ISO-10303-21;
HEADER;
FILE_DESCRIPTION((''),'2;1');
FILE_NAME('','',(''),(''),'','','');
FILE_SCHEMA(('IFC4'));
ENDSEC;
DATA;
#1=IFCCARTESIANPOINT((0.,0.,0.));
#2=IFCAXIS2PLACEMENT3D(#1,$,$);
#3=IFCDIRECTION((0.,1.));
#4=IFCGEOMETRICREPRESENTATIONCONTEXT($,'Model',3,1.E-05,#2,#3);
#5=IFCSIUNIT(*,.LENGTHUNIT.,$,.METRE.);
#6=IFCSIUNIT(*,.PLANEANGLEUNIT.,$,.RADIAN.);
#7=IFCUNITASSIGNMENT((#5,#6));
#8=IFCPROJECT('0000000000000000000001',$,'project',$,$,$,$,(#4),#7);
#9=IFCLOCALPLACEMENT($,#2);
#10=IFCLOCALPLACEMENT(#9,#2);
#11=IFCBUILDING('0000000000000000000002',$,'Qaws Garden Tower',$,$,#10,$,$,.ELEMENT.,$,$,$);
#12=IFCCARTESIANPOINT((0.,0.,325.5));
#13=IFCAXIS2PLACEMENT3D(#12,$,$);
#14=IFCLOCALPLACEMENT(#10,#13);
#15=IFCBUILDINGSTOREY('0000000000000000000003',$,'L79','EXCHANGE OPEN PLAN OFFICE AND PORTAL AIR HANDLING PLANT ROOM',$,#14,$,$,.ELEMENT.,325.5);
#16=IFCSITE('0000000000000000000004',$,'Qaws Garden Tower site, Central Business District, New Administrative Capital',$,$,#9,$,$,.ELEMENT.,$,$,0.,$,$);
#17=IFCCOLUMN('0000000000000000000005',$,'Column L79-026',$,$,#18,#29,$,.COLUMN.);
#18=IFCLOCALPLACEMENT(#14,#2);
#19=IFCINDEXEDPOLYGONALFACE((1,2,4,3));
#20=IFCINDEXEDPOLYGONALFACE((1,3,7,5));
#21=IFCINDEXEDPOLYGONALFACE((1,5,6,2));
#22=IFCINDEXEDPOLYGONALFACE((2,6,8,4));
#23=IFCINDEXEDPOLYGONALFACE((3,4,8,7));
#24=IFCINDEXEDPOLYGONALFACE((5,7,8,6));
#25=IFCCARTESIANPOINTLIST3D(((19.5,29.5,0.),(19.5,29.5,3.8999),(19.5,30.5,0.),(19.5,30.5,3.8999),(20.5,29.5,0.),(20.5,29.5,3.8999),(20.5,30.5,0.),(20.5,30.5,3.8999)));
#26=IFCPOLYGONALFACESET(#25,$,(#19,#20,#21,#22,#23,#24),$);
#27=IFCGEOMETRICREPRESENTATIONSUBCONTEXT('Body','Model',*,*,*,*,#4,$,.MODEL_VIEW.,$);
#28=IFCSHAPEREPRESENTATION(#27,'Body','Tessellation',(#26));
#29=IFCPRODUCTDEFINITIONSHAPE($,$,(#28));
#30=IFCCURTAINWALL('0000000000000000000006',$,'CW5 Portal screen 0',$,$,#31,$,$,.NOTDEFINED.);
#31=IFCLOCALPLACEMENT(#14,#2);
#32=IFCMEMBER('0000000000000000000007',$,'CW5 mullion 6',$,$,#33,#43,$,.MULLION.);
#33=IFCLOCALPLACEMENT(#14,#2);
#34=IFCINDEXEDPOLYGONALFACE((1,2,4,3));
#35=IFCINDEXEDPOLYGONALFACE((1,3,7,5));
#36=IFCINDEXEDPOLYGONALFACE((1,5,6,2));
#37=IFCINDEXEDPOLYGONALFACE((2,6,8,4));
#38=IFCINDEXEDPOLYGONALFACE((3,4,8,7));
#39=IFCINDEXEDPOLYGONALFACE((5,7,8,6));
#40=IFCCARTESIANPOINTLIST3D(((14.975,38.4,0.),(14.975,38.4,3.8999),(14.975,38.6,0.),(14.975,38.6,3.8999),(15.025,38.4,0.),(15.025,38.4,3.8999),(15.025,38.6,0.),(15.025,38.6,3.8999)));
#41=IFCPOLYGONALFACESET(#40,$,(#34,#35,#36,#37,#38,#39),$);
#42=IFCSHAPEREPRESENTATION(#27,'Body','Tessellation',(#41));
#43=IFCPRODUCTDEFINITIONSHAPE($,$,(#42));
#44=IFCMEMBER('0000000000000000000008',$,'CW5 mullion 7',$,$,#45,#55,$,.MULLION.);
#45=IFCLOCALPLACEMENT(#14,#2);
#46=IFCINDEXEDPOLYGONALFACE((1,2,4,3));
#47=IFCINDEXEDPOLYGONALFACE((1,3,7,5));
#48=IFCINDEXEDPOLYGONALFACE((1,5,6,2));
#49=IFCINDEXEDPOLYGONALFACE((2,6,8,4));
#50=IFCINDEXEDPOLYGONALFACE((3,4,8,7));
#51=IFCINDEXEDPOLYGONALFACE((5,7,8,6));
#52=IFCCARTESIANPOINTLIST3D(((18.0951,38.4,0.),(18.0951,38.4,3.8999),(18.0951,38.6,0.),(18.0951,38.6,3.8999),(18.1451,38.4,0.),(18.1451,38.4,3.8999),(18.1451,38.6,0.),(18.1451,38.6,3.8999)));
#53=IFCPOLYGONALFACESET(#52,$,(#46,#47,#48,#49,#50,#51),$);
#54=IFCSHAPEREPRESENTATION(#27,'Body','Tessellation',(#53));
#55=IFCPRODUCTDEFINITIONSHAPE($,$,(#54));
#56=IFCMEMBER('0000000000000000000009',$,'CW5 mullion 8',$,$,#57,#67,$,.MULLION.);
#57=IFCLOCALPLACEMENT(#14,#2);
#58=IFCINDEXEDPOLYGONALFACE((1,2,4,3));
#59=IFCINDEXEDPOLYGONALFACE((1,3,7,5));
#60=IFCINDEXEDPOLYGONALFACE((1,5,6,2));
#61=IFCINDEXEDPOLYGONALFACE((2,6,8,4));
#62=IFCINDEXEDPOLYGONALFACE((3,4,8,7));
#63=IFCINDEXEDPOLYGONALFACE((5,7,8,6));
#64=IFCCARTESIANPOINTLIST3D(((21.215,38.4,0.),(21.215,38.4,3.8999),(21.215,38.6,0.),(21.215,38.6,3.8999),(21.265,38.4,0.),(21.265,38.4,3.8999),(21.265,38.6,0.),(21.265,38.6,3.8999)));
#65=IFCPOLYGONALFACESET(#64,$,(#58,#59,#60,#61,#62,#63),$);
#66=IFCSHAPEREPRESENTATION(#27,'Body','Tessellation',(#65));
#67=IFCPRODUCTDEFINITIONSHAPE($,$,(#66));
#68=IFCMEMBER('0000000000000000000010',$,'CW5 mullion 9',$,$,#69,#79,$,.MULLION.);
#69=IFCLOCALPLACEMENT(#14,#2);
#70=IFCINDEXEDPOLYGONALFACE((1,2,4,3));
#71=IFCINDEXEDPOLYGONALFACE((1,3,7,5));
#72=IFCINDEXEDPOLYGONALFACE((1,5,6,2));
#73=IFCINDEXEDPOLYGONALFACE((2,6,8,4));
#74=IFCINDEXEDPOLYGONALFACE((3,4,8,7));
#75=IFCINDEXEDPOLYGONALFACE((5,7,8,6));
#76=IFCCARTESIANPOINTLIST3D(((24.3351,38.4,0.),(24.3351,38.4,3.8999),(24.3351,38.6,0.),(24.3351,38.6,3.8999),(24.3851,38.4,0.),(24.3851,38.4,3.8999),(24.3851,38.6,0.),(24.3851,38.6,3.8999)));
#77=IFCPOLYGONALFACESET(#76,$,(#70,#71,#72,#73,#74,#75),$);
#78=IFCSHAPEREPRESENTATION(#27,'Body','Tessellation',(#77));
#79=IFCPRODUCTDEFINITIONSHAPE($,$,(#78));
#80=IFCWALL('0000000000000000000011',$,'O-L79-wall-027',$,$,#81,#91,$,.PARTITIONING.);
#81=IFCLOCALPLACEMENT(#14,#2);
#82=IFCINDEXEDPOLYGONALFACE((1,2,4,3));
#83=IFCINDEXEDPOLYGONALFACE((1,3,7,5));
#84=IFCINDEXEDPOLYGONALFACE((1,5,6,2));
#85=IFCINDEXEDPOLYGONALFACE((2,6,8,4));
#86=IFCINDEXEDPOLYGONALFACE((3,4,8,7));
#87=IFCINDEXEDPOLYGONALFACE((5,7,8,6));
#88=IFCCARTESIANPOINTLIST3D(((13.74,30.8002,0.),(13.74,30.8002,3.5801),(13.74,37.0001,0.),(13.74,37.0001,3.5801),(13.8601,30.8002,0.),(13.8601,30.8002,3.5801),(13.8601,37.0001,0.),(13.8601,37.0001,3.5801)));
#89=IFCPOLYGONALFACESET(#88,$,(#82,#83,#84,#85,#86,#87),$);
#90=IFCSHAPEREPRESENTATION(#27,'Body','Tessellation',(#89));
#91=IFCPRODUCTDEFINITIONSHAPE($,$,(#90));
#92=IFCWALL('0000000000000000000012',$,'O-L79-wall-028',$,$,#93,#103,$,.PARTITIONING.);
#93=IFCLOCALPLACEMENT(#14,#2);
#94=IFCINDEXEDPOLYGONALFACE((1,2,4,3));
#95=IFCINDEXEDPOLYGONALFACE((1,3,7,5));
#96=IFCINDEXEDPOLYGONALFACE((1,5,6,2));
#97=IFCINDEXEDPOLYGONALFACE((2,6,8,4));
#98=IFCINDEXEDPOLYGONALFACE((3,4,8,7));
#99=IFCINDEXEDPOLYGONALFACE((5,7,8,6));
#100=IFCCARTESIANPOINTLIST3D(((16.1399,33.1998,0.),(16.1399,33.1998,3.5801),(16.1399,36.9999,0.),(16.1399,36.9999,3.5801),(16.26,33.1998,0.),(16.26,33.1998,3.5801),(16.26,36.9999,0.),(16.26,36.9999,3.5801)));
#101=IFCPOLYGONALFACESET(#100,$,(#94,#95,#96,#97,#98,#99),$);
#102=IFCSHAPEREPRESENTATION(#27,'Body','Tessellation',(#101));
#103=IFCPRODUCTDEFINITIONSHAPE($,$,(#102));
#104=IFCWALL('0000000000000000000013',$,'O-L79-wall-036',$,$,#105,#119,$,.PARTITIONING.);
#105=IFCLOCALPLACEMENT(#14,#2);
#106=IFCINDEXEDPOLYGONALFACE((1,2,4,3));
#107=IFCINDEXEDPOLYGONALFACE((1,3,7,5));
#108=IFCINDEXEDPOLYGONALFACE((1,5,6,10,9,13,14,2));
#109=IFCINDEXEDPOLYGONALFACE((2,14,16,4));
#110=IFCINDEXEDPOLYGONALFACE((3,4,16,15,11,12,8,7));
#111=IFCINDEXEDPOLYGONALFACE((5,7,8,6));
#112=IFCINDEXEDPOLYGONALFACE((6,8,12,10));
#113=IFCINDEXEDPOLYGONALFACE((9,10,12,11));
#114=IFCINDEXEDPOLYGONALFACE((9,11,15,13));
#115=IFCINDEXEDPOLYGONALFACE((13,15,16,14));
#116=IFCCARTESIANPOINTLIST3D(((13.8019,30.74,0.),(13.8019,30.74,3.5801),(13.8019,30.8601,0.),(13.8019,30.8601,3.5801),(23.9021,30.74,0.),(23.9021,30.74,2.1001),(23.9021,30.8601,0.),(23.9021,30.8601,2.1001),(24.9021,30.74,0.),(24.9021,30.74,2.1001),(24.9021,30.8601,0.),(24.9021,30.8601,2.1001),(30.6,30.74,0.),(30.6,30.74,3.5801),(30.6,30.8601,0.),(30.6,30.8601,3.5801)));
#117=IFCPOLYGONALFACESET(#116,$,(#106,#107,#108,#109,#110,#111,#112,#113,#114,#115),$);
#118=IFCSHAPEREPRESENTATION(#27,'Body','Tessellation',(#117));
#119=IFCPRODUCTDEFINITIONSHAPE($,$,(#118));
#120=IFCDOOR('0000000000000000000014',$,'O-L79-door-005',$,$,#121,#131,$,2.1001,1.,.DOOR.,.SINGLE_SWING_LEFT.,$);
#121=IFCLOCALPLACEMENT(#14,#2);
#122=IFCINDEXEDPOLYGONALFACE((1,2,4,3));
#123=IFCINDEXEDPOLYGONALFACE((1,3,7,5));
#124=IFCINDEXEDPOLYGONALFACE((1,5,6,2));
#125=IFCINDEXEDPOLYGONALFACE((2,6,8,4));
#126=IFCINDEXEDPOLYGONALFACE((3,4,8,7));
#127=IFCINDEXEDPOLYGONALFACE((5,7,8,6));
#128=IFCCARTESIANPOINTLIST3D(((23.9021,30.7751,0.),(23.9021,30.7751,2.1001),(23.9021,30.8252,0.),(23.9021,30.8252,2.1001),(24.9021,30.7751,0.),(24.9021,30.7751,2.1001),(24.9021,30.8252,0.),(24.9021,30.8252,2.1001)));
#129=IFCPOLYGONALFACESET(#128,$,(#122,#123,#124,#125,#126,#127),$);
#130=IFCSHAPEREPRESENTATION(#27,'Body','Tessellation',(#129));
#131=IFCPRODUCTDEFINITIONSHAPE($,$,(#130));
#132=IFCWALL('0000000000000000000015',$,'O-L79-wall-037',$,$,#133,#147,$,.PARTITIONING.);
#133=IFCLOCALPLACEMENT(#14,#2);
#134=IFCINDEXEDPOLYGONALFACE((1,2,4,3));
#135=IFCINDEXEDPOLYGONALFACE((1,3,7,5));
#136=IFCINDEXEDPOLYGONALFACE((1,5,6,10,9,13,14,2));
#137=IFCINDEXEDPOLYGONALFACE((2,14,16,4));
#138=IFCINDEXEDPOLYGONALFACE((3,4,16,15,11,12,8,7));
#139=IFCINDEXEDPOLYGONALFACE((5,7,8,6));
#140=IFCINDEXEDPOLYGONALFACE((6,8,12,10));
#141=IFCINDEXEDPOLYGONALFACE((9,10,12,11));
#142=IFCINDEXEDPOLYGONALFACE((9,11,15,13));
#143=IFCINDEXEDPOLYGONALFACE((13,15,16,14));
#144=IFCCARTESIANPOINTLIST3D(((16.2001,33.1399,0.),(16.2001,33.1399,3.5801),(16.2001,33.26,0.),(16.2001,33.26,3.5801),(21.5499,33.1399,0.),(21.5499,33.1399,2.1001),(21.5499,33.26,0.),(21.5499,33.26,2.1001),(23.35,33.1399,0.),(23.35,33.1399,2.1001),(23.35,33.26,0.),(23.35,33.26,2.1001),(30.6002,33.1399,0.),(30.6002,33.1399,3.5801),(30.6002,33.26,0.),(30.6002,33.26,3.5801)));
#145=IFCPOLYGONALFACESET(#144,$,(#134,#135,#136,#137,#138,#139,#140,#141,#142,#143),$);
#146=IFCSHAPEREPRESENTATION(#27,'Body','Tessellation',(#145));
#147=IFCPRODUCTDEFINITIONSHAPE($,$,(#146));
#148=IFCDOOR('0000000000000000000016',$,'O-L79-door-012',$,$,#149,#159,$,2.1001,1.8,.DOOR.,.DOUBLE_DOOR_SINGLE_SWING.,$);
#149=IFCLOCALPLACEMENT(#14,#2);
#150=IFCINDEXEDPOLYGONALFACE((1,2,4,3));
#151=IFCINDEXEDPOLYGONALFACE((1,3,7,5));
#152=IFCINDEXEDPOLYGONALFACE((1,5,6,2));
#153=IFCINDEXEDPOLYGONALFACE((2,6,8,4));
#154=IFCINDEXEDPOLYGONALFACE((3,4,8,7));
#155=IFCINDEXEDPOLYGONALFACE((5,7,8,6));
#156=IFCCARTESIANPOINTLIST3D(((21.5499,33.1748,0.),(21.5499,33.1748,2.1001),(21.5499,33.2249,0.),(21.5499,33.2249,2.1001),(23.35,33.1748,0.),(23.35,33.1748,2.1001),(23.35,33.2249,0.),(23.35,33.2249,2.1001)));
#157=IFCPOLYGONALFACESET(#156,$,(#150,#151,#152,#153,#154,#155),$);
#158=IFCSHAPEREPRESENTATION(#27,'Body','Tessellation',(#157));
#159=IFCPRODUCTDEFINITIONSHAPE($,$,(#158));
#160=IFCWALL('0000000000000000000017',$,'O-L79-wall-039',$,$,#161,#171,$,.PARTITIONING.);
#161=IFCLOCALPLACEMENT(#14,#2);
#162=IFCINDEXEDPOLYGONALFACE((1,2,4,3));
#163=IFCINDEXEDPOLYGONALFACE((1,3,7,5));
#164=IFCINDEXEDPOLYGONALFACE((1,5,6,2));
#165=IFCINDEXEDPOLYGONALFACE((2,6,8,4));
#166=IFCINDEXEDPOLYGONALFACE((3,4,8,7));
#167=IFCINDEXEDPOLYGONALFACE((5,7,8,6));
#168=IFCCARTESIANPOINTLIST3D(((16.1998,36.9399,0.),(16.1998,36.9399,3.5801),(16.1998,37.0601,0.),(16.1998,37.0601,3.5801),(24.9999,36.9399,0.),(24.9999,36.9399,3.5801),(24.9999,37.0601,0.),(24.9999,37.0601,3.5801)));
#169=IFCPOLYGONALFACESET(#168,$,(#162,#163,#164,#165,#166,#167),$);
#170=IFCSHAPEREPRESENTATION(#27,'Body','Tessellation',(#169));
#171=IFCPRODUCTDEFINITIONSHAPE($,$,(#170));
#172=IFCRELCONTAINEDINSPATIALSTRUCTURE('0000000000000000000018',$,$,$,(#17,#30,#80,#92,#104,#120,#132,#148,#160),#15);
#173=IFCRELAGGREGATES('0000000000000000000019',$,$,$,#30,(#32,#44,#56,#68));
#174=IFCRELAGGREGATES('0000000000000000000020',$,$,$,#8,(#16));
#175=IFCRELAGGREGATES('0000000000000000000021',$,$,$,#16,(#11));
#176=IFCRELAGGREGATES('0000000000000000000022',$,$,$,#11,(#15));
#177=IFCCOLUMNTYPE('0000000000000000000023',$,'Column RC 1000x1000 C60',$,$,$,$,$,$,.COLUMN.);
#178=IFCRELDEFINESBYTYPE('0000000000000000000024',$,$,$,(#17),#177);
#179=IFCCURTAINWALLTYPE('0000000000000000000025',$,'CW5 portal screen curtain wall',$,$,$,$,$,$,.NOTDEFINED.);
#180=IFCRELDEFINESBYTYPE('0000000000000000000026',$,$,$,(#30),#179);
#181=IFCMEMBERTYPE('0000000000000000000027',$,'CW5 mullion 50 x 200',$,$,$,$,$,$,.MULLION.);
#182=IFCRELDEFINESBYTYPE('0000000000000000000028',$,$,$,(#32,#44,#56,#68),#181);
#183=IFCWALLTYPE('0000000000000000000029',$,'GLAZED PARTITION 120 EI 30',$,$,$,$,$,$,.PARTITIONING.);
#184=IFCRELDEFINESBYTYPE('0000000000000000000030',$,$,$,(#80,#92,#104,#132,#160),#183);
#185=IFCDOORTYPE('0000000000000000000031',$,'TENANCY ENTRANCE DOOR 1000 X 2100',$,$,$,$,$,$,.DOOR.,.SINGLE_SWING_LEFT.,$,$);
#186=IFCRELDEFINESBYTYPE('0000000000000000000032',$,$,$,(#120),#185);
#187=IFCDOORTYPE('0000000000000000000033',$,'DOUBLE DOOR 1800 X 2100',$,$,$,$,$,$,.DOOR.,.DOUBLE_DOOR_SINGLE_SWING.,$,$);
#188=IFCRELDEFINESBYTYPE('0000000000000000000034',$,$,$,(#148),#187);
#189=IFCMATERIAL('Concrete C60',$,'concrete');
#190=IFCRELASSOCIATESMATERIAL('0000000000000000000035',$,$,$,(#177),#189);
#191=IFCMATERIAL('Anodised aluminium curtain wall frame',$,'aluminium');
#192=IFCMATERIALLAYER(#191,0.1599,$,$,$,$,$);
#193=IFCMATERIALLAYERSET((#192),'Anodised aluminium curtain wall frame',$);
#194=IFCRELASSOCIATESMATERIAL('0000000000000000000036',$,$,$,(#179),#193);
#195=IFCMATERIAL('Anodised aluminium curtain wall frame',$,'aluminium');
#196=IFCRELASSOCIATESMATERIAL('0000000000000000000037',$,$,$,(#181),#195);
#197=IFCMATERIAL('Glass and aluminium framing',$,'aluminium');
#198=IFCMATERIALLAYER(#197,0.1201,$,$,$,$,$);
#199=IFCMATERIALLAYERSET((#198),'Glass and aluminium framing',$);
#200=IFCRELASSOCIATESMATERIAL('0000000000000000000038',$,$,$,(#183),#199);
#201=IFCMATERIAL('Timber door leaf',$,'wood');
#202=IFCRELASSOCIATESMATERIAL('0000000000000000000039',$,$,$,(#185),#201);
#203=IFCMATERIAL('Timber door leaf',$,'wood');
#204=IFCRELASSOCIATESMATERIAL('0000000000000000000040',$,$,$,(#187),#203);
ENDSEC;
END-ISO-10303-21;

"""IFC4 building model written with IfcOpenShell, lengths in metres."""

from ifc_helpers import new_model, si_unit, direction, frame, frame_2d, origin, origin_2d, place, context, subcontext, project, spatial, rectangle, extrude, material, layer, layer_set, material_profile, profile_set, type_object, element, fill, aggregate, save


model = new_model("IFC4")

# Units and contexts
model_context = context("Model", 3, precision=1e-05, world=origin(), true_north=direction((0.0, 1.0)))
body_context = subcontext(model_context, "Body", "Model", "MODEL_VIEW")
ifc_project = project(units=[si_unit("LENGTHUNIT", "METRE"), si_unit("PLANEANGLEUNIT", "RADIAN")], contexts=[model_context])

# Site, building, storey
site_placement = place(None, origin())
site = spatial("IfcSite", under=ifc_project, at=site_placement, Name="Qaws Garden Tower site, Central Business District, New Administrative Capital", CompositionType="ELEMENT", RefElevation=0.0)
building_placement = place(site_placement, origin())
building = spatial("IfcBuilding", under=site, at=building_placement, Name="Qaws Garden Tower", CompositionType="ELEMENT")
storey_placement = place(building_placement, frame((0.0, 0.0, 325.5)))
storey = spatial("IfcBuildingStorey", under=building, at=storey_placement, Name="L79", Description="EXCHANGE OPEN PLAN OFFICE AND PORTAL AIR HANDLING PLANT ROOM", CompositionType="ELEMENT", Elevation=325.5)

# Column
ifc_material_1 = material(Name="Concrete C60", Category="concrete")
ifc_material_profile_1 = material_profile(ifc_material_1, rectangle(XDim=1.0, YDim=1.0, at=origin_2d()), Name="RC 1000x1000")
ifc_profile_set_1 = profile_set([ifc_material_profile_1], Name="Concrete C60")
column_type = type_object("IfcColumnType", Name="Column RC 1000x1000 C60", PredefinedType="COLUMN", material=ifc_profile_set_1)
column_placement = place(storey_placement, frame((20.0, 30.0, 0.0), z_axis=(0.0, 0.0, 1.0), x_axis=(1.0, 0.0, 0.0)))
element("IfcColumn", 1, at=column_placement, inside=storey, type_object=column_type, Name="Column L79-026", PredefinedType="COLUMN", context=body_context, shape_type="SweptSolid", body=[
    extrude(rectangle(XDim=1.0, YDim=1.0, at=origin_2d()), origin(), (0.0, 0.0, 1.0), 3.8999),
])

# Curtain wall, members
ifc_material_2 = material(Name="Anodised aluminium curtain wall frame", Category="aluminium")
ifc_layer_1 = layer(ifc_material_2, 0.1599)
ifc_layer_set_1 = layer_set([ifc_layer_1], Name="Anodised aluminium curtain wall frame")
curtain_wall_type = type_object("IfcCurtainWallType", Name="CW5 portal screen curtain wall", PredefinedType="NOTDEFINED", material=ifc_layer_set_1)
curtain_wall_placement = place(storey_placement, origin())
curtain_wall = element("IfcCurtainWall", 2, at=curtain_wall_placement, inside=storey, type_object=curtain_wall_type, Name="CW5 Portal screen 0", PredefinedType="NOTDEFINED")
ifc_material_3 = material(Name="Anodised aluminium curtain wall frame", Category="aluminium")
ifc_material_profile_2 = material_profile(ifc_material_3, rectangle(XDim=0.2, YDim=0.05, at=origin_2d()), Name="AL 50x200")
ifc_profile_set_2 = profile_set([ifc_material_profile_2], Name="Anodised aluminium curtain wall frame")
member_type = type_object("IfcMemberType", Name="CW5 mullion 50 x 200", PredefinedType="MULLION", material=ifc_profile_set_2)
member_1_placement = place(storey_placement, frame((15.0, 38.5, 0.0), z_axis=(0.0, 0.0, 1.0), x_axis=(0.0, 1.0, 0.0)))
member_1 = element("IfcMember", 3, at=member_1_placement, type_object=member_type, Name="CW5 mullion 6", PredefinedType="MULLION", context=body_context, shape_type="SweptSolid", body=[
    extrude(rectangle(XDim=0.2, YDim=0.05, at=origin_2d()), origin(), (0.0, 0.0, 1.0), 3.8999),
])
member_2_placement = place(storey_placement, frame((18.1201, 38.5, 0.0), z_axis=(0.0, 0.0, 1.0), x_axis=(0.0, 1.0, 0.0)))
member_2 = element("IfcMember", 4, at=member_2_placement, type_object=member_type, Name="CW5 mullion 7", PredefinedType="MULLION", context=body_context, shape_type="SweptSolid", body=[
    extrude(rectangle(XDim=0.2, YDim=0.05, at=origin_2d()), origin(), (0.0, 0.0, 1.0), 3.8999),
])
member_3_placement = place(storey_placement, frame((21.24, 38.5, 0.0), z_axis=(0.0, 0.0, 1.0), x_axis=(0.0, 1.0, 0.0)))
member_3 = element("IfcMember", 5, at=member_3_placement, type_object=member_type, Name="CW5 mullion 8", PredefinedType="MULLION", context=body_context, shape_type="SweptSolid", body=[
    extrude(rectangle(XDim=0.2, YDim=0.05, at=origin_2d()), origin(), (0.0, 0.0, 1.0), 3.8999),
])
member_4_placement = place(storey_placement, frame((24.3601, 38.5, 0.0), z_axis=(0.0, 0.0, 1.0), x_axis=(0.0, 1.0, 0.0)))
member_4 = element("IfcMember", 6, at=member_4_placement, type_object=member_type, Name="CW5 mullion 9", PredefinedType="MULLION", context=body_context, shape_type="SweptSolid", body=[
    extrude(rectangle(XDim=0.2, YDim=0.05, at=origin_2d()), origin(), (0.0, 0.0, 1.0), 3.8999),
])
aggregate(curtain_wall, [member_1, member_2, member_3, member_4])

# Walls
ifc_material_4 = material(Name="Glass and aluminium framing", Category="aluminium")
ifc_layer_2 = layer(ifc_material_4, 0.1201)
ifc_layer_set_2 = layer_set([ifc_layer_2], Name="Glass and aluminium framing")
wall_type_1 = type_object("IfcWallType", Name="GLAZED PARTITION 120 EI 30", PredefinedType="PARTITIONING", material=ifc_layer_set_2)
wall_1_placement = place(storey_placement, frame((13.8, 30.8, 0.0), z_axis=(0.0, 0.0, 1.0), x_axis=(0.0, 1.0, 0.0)))
element("IfcWall", 7, at=wall_1_placement, inside=storey, type_object=wall_type_1, Name="O-L79-wall-027", PredefinedType="PARTITIONING", context=body_context, shape_type="SweptSolid", body=[
    extrude(rectangle(XDim=6.2, YDim=0.1201, at=frame_2d((3.1001, 0.0))), origin(), (0.0, 0.0, 1.0), 3.5801),
])
wall_2_placement = place(storey_placement, frame((16.2, 33.2, 0.0), z_axis=(0.0, 0.0, 1.0), x_axis=(0.0, 1.0, 0.0)))
element("IfcWall", 8, at=wall_2_placement, inside=storey, type_object=wall_type_1, Name="O-L79-wall-028", PredefinedType="PARTITIONING", context=body_context, shape_type="SweptSolid", body=[
    extrude(rectangle(XDim=3.8, YDim=0.1201, at=frame_2d((1.8999, 0.0))), origin(), (0.0, 0.0, 1.0), 3.5801),
])

# Walls, openings, doors
wall_3_placement = place(storey_placement, frame((13.802, 30.8, 0.0), z_axis=(0.0, 0.0, 1.0), x_axis=(1.0, 0.0, 0.0)))
wall_3 = element("IfcWall", 9, at=wall_3_placement, inside=storey, type_object=wall_type_1, Name="O-L79-wall-036", PredefinedType="PARTITIONING", context=body_context, shape_type="SweptSolid", body=[
    extrude(rectangle(XDim=16.7981, YDim=0.1201, at=frame_2d((8.3989, 0.0))), origin(), (0.0, 0.0, 1.0), 3.5801),
])
opening_1_placement = place(wall_3_placement, frame((10.1001, 0.0, 0.0)))
opening_1 = element("IfcOpeningElement", 10, at=opening_1_placement, cuts=wall_3, PredefinedType="OPENING", context=body_context, shape_type="SweptSolid", body=[
    extrude(rectangle(XDim=1.0, YDim=2.1001, at=frame_2d((0.5, 1.05))), frame((0.0, 0.0701, 0.0), z_axis=(0.0, -1.0, 0.0), x_axis=(1.0, 0.0, 0.0)), (0.0, 0.0, 1.0), 0.1401),
])
ifc_material_5 = material(Name="Timber door leaf", Category="wood")
door_type_1 = type_object("IfcDoorType", Name="TENANCY ENTRANCE DOOR 1000 X 2100", OperationType="SINGLE_SWING_LEFT", PredefinedType="DOOR", material=ifc_material_5)
door_1_placement = place(opening_1_placement, frame((1.0, 0.0, 0.0), z_axis=(0.0, 0.0, 1.0), x_axis=(-1.0, 0.0, 0.0)))
door_1 = element("IfcDoor", 11, at=door_1_placement, inside=storey, type_object=door_type_1, Name="O-L79-door-005", OperationType="SINGLE_SWING_LEFT", OverallHeight=2.1001, OverallWidth=1.0, PredefinedType="DOOR", context=body_context, shape_type="SweptSolid", body=[
    extrude(rectangle(XDim=1.0, YDim=2.1001, at=frame_2d((0.5, 1.05))), frame((0.0, 0.0249, 0.0), z_axis=(0.0, -1.0, 0.0), x_axis=(1.0, 0.0, 0.0)), (0.0, 0.0, 1.0), 0.05),
])
fill(opening_1, door_1)
wall_4_placement = place(storey_placement, frame((16.2, 33.2, 0.0), z_axis=(0.0, 0.0, 1.0), x_axis=(1.0, 0.0, 0.0)))
wall_4 = element("IfcWall", 12, at=wall_4_placement, inside=storey, type_object=wall_type_1, Name="O-L79-wall-037", PredefinedType="PARTITIONING", context=body_context, shape_type="SweptSolid", body=[
    extrude(rectangle(XDim=14.4001, YDim=0.1201, at=frame_2d((7.2002, 0.0))), origin(), (0.0, 0.0, 1.0), 3.5801),
])
opening_2_placement = place(wall_4_placement, frame((5.3501, 0.0, 0.0)))
opening_2 = element("IfcOpeningElement", 13, at=opening_2_placement, cuts=wall_4, PredefinedType="OPENING", context=body_context, shape_type="SweptSolid", body=[
    extrude(rectangle(XDim=1.8, YDim=2.1001, at=frame_2d((0.8999, 1.05))), frame((0.0, 0.0701, 0.0), z_axis=(0.0, -1.0, 0.0), x_axis=(1.0, 0.0, 0.0)), (0.0, 0.0, 1.0), 0.1401),
])
ifc_material_6 = material(Name="Timber door leaf", Category="wood")
door_type_2 = type_object("IfcDoorType", Name="DOUBLE DOOR 1800 X 2100", OperationType="DOUBLE_DOOR_SINGLE_SWING", PredefinedType="DOOR", material=ifc_material_6)
door_2_placement = place(opening_2_placement, origin())
door_2 = element("IfcDoor", 14, at=door_2_placement, inside=storey, type_object=door_type_2, Name="O-L79-door-012", OperationType="DOUBLE_DOOR_SINGLE_SWING", OverallHeight=2.1001, OverallWidth=1.8, PredefinedType="DOOR", context=body_context, shape_type="SweptSolid", body=[
    extrude(rectangle(XDim=1.8, YDim=2.1001, at=frame_2d((0.8999, 1.05))), frame((0.0, 0.0249, 0.0), z_axis=(0.0, -1.0, 0.0), x_axis=(1.0, 0.0, 0.0)), (0.0, 0.0, 1.0), 0.05),
])
fill(opening_2, door_2)

# Wall
wall_5_placement = place(storey_placement, frame((16.2, 37.0, 0.0), z_axis=(0.0, 0.0, 1.0), x_axis=(1.0, 0.0, 0.0)))
element("IfcWall", 15, at=wall_5_placement, inside=storey, type_object=wall_type_1, Name="O-L79-wall-039", PredefinedType="PARTITIONING", context=body_context, shape_type="SweptSolid", body=[
    extrude(rectangle(XDim=8.8, YDim=0.1201, at=frame_2d((4.3999, 0.0))), origin(), (0.0, 0.0, 1.0), 3.5801),
])

save(model, "model.ifc")
